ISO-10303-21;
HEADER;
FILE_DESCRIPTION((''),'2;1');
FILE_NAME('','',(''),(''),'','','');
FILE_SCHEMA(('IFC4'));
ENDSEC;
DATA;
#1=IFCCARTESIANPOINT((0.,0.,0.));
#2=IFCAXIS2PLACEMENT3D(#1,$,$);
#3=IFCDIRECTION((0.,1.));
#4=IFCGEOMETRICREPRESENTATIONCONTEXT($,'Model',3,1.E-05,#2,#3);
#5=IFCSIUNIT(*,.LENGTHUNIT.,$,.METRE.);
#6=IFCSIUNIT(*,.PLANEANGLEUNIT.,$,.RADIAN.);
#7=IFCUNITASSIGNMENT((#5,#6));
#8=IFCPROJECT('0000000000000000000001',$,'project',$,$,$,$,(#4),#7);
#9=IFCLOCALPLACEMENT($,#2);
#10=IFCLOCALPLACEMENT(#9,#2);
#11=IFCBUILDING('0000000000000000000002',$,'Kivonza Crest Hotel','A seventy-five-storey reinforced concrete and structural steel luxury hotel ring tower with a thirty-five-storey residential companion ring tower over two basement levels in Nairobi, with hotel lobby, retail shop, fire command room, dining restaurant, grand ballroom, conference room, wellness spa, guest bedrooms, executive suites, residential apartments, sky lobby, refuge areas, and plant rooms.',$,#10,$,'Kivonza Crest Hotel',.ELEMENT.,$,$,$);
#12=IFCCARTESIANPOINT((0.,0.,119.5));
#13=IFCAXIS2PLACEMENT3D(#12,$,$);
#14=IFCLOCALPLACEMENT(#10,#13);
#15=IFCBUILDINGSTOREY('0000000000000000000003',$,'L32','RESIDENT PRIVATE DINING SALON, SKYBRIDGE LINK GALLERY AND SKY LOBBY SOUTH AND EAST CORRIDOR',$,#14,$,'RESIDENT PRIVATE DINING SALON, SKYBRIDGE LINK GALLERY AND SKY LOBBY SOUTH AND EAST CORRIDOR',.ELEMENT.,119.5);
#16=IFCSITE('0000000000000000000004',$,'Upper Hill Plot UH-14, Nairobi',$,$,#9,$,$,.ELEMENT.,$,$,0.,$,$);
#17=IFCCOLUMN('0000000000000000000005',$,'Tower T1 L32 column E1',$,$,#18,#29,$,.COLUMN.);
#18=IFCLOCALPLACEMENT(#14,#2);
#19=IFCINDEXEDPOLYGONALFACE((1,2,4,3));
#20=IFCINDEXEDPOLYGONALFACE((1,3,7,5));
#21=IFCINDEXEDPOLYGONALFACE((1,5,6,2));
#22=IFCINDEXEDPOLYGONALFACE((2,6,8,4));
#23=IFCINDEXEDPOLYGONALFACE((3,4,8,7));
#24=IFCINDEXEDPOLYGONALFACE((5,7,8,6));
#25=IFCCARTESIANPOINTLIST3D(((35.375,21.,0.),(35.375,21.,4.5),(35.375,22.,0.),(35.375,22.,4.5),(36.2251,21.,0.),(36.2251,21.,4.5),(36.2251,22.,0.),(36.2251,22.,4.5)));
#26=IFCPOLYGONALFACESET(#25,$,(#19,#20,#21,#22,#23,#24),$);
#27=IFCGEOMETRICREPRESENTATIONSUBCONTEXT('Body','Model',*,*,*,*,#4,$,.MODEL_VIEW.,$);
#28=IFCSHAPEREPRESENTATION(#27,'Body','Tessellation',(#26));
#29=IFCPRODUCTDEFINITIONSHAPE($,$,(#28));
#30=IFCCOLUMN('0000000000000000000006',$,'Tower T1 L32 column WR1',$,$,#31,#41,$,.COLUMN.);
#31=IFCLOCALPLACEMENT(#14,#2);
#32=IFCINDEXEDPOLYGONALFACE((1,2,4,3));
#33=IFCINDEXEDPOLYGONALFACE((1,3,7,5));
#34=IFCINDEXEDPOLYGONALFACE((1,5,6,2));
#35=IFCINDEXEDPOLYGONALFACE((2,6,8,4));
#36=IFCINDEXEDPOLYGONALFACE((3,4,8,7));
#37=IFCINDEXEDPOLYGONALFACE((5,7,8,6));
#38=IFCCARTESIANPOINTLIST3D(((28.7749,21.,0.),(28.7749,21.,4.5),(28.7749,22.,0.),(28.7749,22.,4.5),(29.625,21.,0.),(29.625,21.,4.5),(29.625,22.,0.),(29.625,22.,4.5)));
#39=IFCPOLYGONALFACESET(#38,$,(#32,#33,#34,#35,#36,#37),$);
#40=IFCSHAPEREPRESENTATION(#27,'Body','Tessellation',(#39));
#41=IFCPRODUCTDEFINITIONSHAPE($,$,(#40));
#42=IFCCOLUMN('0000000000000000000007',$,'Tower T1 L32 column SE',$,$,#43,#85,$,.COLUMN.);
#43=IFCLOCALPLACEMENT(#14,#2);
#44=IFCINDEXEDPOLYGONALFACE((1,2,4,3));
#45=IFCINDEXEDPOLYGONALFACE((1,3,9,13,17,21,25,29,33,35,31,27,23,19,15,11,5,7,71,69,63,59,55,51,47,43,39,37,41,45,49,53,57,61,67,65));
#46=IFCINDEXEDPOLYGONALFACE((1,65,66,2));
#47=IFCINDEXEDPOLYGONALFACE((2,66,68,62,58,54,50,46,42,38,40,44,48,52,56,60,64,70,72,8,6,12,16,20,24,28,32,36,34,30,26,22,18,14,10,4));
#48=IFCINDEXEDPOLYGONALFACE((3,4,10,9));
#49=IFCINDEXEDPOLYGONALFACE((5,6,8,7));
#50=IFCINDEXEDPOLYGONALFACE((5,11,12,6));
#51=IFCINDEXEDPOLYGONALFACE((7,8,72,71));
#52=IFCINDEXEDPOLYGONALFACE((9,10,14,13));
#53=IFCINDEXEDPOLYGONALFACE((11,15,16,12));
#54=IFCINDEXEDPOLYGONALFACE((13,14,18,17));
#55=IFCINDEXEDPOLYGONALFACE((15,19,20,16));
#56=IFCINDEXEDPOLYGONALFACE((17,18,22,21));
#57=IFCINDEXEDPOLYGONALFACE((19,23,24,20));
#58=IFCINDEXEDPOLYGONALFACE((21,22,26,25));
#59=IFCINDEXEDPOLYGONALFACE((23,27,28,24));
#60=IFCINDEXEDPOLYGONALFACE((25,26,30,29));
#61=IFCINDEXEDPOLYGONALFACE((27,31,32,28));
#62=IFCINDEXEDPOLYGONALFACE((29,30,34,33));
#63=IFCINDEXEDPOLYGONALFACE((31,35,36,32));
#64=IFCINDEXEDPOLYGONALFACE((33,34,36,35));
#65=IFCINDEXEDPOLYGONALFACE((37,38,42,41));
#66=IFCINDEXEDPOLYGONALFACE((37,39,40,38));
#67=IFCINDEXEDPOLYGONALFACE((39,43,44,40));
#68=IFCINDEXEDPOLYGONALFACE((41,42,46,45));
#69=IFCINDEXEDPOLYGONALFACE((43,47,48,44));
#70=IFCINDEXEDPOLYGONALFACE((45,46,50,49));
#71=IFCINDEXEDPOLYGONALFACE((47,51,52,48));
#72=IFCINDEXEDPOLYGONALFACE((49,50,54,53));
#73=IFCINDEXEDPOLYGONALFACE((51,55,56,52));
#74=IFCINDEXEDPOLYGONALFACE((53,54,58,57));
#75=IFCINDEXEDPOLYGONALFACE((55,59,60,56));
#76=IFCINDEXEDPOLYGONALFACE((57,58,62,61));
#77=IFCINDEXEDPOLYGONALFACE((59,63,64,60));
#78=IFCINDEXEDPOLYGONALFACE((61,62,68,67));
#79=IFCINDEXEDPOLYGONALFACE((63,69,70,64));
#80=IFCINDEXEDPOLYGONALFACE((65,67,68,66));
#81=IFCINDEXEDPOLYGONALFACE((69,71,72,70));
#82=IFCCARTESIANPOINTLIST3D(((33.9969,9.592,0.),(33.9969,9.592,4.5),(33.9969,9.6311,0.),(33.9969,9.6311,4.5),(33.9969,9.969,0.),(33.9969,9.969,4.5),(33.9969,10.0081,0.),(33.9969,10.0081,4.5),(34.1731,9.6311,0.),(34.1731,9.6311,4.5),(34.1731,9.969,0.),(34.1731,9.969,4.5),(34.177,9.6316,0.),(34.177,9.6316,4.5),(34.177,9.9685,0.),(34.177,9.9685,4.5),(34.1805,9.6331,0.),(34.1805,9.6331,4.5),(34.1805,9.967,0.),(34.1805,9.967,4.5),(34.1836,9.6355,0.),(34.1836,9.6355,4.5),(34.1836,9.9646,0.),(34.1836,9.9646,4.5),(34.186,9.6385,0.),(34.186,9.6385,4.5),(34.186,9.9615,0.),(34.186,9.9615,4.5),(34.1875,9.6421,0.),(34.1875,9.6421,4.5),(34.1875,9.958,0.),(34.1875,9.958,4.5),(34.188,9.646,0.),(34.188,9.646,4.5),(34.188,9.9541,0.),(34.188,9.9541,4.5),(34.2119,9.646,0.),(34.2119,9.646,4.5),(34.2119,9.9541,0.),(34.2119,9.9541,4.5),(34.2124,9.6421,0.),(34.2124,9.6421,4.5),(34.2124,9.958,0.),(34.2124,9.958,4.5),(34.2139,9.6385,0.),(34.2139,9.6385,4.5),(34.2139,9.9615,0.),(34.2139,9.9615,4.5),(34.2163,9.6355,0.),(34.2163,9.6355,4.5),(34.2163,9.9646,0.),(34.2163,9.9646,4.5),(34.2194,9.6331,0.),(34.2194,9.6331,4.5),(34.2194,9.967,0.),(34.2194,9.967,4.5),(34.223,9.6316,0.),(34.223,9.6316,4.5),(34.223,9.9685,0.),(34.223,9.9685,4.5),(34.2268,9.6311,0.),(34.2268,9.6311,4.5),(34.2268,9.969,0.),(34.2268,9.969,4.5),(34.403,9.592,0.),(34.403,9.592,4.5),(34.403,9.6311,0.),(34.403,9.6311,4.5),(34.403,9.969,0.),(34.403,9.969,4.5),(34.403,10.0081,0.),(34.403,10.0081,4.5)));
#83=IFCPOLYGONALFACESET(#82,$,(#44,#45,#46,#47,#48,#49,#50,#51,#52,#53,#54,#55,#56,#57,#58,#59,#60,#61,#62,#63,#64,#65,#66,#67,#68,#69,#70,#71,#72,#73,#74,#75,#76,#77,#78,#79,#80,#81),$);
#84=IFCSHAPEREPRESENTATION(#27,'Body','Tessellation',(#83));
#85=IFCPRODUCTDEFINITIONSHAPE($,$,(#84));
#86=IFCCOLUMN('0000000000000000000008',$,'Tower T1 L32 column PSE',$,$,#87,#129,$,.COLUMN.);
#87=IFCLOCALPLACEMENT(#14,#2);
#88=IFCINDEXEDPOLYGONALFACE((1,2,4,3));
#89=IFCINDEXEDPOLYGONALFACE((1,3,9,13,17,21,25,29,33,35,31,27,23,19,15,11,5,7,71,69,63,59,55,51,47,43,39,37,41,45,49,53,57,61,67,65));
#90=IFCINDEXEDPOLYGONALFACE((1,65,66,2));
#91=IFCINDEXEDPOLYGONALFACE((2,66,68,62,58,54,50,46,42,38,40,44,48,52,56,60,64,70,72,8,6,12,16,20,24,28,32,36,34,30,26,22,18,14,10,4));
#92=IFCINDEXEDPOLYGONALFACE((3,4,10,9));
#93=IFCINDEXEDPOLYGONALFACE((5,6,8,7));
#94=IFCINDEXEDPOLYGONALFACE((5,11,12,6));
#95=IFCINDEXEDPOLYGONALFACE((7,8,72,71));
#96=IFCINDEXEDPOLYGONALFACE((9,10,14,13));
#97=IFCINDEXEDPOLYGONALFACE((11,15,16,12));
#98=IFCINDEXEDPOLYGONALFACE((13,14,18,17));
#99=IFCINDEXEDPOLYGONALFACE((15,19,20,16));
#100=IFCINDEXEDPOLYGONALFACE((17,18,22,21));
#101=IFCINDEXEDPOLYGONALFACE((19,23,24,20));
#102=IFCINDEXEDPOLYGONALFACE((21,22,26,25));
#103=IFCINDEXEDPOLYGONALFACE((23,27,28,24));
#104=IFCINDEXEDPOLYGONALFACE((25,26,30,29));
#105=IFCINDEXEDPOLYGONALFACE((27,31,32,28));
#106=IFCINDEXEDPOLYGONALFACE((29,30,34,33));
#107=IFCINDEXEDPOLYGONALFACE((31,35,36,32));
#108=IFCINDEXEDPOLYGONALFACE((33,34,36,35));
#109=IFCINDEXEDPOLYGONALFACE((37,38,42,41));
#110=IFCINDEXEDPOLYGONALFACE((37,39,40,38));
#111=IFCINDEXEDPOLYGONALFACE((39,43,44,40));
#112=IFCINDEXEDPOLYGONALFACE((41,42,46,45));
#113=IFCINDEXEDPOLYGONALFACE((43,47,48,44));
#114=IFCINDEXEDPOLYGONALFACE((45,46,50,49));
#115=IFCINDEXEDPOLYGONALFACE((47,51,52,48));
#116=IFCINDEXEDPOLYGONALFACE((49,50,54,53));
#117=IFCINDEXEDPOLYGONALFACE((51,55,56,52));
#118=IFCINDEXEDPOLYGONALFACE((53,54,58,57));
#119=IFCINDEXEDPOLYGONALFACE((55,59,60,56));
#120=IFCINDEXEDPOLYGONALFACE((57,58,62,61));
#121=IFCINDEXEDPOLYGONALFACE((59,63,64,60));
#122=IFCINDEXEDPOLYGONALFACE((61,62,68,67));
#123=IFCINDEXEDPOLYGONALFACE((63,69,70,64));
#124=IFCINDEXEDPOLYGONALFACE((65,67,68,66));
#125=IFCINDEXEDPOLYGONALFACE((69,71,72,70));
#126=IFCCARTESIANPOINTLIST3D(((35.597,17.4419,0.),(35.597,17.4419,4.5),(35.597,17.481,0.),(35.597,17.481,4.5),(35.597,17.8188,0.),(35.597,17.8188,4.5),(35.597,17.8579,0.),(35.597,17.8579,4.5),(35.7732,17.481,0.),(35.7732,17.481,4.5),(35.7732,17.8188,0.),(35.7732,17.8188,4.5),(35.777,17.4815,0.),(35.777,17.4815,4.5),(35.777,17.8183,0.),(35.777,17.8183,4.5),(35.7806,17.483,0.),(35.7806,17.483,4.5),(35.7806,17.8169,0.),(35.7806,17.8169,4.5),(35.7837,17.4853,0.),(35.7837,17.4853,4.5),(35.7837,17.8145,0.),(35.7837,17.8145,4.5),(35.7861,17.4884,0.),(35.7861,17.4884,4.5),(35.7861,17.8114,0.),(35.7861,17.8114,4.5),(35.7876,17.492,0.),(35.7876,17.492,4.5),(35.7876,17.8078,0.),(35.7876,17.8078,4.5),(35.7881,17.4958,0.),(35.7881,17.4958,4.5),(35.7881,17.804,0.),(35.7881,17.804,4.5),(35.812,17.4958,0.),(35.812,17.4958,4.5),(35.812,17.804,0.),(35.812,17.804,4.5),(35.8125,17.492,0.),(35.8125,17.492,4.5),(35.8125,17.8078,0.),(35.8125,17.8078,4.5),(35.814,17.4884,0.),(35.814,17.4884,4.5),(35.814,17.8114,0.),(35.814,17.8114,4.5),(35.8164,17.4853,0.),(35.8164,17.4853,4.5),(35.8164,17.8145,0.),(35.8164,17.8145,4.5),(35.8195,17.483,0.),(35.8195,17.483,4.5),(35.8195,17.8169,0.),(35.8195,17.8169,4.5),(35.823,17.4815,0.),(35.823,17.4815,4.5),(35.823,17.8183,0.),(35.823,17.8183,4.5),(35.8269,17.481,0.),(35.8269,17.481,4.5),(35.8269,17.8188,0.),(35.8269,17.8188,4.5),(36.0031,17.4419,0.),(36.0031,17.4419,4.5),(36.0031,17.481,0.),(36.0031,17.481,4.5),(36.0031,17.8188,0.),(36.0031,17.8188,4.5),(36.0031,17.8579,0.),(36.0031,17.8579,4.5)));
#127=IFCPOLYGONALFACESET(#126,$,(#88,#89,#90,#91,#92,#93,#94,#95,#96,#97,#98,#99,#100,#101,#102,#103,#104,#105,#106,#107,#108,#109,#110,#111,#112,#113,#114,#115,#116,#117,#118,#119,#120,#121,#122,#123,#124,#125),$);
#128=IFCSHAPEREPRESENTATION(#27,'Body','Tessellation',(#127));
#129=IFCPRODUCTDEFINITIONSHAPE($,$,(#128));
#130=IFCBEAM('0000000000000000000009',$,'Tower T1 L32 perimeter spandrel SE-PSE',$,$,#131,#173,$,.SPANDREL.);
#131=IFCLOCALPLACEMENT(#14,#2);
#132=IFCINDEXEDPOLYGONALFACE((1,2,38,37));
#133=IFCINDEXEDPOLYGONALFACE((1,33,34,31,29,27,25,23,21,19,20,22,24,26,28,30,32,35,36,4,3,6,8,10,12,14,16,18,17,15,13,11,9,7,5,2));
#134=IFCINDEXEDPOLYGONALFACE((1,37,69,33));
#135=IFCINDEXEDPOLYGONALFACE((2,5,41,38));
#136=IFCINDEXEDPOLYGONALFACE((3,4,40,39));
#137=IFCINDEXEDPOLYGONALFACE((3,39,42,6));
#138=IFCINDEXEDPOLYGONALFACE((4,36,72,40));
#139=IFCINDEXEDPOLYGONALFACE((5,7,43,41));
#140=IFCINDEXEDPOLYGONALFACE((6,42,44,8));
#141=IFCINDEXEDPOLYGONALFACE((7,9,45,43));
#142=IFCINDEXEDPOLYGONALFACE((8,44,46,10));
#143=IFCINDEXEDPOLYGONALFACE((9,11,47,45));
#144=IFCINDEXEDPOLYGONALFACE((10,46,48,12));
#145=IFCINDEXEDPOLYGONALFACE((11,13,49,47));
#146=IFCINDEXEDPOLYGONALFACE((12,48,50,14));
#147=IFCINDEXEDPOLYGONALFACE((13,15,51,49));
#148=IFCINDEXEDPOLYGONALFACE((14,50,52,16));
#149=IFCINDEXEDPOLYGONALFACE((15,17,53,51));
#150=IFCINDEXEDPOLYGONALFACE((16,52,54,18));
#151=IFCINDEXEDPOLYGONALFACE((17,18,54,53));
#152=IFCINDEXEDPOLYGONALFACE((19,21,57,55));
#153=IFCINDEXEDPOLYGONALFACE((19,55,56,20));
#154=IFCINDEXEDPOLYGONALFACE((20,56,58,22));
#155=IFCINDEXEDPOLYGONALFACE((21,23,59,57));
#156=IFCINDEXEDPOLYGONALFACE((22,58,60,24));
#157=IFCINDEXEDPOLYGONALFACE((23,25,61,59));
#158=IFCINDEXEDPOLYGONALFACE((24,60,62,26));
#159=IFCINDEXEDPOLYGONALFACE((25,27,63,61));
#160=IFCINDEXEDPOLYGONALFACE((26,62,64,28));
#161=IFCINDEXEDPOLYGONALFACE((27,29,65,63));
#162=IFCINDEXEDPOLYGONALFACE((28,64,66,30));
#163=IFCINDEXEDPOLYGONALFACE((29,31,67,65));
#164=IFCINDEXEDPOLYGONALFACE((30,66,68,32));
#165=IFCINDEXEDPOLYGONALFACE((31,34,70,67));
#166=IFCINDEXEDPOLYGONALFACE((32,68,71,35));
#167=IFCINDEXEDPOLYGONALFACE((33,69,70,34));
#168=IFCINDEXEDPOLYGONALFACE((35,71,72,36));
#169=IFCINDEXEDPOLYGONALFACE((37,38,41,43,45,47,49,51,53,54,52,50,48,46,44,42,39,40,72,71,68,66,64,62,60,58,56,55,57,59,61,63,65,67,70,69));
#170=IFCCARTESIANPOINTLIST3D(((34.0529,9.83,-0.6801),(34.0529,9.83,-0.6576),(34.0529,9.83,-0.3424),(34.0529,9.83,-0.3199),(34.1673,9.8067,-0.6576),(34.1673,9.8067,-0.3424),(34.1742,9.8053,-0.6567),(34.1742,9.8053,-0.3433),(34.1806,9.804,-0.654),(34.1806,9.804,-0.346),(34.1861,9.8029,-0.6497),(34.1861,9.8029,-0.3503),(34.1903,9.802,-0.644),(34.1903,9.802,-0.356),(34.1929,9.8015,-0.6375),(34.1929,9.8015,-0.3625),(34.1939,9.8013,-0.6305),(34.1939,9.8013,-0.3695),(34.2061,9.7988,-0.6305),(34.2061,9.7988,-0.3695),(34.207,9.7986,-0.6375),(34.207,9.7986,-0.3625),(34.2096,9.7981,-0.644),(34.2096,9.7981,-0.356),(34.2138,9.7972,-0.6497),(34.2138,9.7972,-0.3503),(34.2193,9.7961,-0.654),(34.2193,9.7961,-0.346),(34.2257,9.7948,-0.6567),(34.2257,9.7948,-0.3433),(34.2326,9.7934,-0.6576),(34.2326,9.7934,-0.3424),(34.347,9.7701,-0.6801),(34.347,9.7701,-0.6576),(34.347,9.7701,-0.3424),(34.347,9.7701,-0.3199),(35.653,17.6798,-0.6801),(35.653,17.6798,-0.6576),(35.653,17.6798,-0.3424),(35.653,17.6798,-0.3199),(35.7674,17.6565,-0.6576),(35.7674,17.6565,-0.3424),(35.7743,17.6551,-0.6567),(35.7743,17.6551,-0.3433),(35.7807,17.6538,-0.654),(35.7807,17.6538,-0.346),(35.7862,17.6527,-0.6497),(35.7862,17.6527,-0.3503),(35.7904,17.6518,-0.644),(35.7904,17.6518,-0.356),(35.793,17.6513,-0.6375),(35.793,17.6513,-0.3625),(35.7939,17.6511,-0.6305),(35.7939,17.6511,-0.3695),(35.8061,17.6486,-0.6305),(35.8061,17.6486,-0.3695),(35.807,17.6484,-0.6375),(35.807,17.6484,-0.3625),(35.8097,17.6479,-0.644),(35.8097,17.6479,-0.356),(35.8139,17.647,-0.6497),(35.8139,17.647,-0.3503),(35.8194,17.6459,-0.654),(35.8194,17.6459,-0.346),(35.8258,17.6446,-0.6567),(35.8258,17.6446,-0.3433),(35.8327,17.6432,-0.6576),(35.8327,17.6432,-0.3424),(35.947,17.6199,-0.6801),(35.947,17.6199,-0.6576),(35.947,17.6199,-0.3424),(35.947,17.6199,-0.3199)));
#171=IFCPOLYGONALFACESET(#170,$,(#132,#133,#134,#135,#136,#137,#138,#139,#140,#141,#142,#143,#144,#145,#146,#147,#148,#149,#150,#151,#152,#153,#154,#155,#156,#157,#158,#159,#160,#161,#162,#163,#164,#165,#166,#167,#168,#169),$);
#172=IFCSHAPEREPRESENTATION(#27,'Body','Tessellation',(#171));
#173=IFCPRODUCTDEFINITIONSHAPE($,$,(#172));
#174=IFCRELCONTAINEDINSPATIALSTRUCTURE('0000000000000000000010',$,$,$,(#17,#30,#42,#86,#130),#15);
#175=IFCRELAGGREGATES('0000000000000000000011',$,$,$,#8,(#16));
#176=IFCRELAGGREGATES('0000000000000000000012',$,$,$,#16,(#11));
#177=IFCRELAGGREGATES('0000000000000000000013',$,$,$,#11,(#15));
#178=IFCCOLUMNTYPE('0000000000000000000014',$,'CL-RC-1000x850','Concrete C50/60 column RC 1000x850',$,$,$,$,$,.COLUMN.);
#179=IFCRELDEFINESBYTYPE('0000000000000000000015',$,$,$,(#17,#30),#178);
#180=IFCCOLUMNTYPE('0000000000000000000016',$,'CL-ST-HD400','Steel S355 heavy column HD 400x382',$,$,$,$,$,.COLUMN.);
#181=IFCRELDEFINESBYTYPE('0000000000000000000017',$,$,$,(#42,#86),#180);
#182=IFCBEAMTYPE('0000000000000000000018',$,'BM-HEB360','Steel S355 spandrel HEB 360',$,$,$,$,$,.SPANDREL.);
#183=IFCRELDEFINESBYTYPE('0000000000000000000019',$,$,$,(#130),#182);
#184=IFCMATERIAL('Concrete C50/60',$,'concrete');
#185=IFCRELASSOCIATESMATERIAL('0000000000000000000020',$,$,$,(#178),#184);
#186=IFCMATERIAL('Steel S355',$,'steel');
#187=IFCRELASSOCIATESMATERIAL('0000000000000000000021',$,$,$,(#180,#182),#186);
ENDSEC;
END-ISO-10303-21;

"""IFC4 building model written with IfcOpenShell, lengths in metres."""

from ifc_helpers import new_model, si_unit, direction, frame, origin, origin_2d, place, context, subcontext, project, spatial, rectangle, i_section, extrude, material, material_profile, profile_set, type_object, element, save


model = new_model("IFC4")

# Units and contexts
model_context = context("Model", 3, precision=1e-05, world=origin(), true_north=direction((0.0, 1.0)))
body_context = subcontext(model_context, "Body", "Model", "MODEL_VIEW")
ifc_project = project(units=[si_unit("LENGTHUNIT", "METRE"), si_unit("PLANEANGLEUNIT", "RADIAN")], contexts=[model_context])

# Site, building, storey
site_placement = place(None, origin())
site = spatial("IfcSite", under=ifc_project, at=site_placement, Name="Upper Hill Plot UH-14, Nairobi", CompositionType="ELEMENT", RefElevation=0.0)
building_placement = place(site_placement, origin())
building = spatial("IfcBuilding", under=site, at=building_placement, Name="Kivonza Crest Hotel", Description="A seventy-five-storey reinforced concrete and structural steel luxury hotel ring tower with a thirty-five-storey residential companion ring tower over two basement levels in Nairobi, with hotel lobby, retail shop, fire command room, dining restaurant, grand ballroom, conference room, wellness spa, guest bedrooms, executive suites, residential apartments, sky lobby, refuge areas, and plant rooms.", LongName="Kivonza Crest Hotel", CompositionType="ELEMENT")
storey_placement = place(building_placement, frame((0.0, 0.0, 119.5)))
storey = spatial("IfcBuildingStorey", under=building, at=storey_placement, Name="L32", Description="RESIDENT PRIVATE DINING SALON, SKYBRIDGE LINK GALLERY AND SKY LOBBY SOUTH AND EAST CORRIDOR", LongName="RESIDENT PRIVATE DINING SALON, SKYBRIDGE LINK GALLERY AND SKY LOBBY SOUTH AND EAST CORRIDOR", CompositionType="ELEMENT", Elevation=119.5)

# Columns
ifc_material_1 = material(Name="Concrete C50/60", Category="concrete")
ifc_material_profile_1 = material_profile(ifc_material_1, rectangle(XDim=0.8501, YDim=1.0, at=origin_2d()), Name="RC 1000x850")
ifc_profile_set_1 = profile_set([ifc_material_profile_1], Name="Concrete C50/60")
column_type_1 = type_object("IfcColumnType", Name="CL-RC-1000x850", Description="Concrete C50/60 column RC 1000x850", PredefinedType="COLUMN", material=ifc_profile_set_1)
for number, where, z_axis, x_axis, name in (
    (1, (35.8, 21.5, 0.0), (0.0, 0.0, 1.0), (1.0, 0.0, 0.0), "Tower T1 L32 column E1"),
    (2, (29.2, 21.5, 0.0), (0.0, 0.0, 1.0), (1.0, 0.0, 0.0), "Tower T1 L32 column WR1"),
):
    element("IfcColumn", number, at=place(storey_placement, frame(where, z_axis=z_axis, x_axis=x_axis)), inside=storey, type_object=column_type_1, Name=name, PredefinedType="COLUMN", context=body_context, shape_type="SweptSolid", body=[
        extrude(rectangle(XDim=0.8501, YDim=1.0, at=origin_2d()), origin(), (0.0, 0.0, 1.0), 4.5),
    ])
ifc_material_2 = material(Name="Steel S355", Category="steel")
ifc_material_profile_2 = material_profile(ifc_material_2, i_section(OverallWidth=0.406, OverallDepth=0.416, WebThickness=0.0239, FlangeThickness=0.0391, FilletRadius=0.0149, at=origin_2d()), Name="HD 400x382")
ifc_profile_set_2 = profile_set([ifc_material_profile_2], Name="Steel S355")
column_type_2 = type_object("IfcColumnType", Name="CL-ST-HD400", Description="Steel S355 heavy column HD 400x382", PredefinedType="COLUMN", material=ifc_profile_set_2)
for number, where, z_axis, x_axis, name in (
    (3, (34.2, 9.8, 0.0), (0.0, 0.0, 1.0), (1.0, 0.0, 0.0), "Tower T1 L32 column SE"),
    (4, (35.8, 17.6499, 0.0), (0.0, 0.0, 1.0), (1.0, 0.0, 0.0), "Tower T1 L32 column PSE"),
):
    element("IfcColumn", number, at=place(storey_placement, frame(where, z_axis=z_axis, x_axis=x_axis)), inside=storey, type_object=column_type_2, Name=name, PredefinedType="COLUMN", context=body_context, shape_type="SweptSolid", body=[
        extrude(i_section(OverallWidth=0.406, OverallDepth=0.416, WebThickness=0.0239, FlangeThickness=0.0391, FilletRadius=0.0149, at=origin_2d()), origin(), (0.0, 0.0, 1.0), 4.5),
    ])

# Beam
ifc_material_profile_3 = material_profile(ifc_material_2, i_section(OverallWidth=0.3, OverallDepth=0.3601, WebThickness=0.0125, FlangeThickness=0.0225, FilletRadius=0.0271, at=origin_2d()), Name="HEB 360")
ifc_profile_set_3 = profile_set([ifc_material_profile_3], Name="Steel S355")
beam_type_1 = type_object("IfcBeamType", Name="BM-HEB360", Description="Steel S355 spandrel HEB 360", PredefinedType="SPANDREL", material=ifc_profile_set_3)
beam_1_placement = place(storey_placement, frame((34.2, 9.8, -0.5), z_axis=(0.199731, 0.979851, 0.0), x_axis=(-0.979851, 0.199731, 0.0)))
element("IfcBeam", 5, at=beam_1_placement, inside=storey, type_object=beam_type_1, Name="Tower T1 L32 perimeter spandrel SE-PSE", PredefinedType="SPANDREL", context=body_context, shape_type="SweptSolid", body=[
    extrude(i_section(OverallWidth=0.3, OverallDepth=0.3601, WebThickness=0.0125, FlangeThickness=0.0225, FilletRadius=0.0271, at=origin_2d()), origin(), (0.0, 0.0, 1.0), 8.0112),
])

save(model, "model.ifc")
